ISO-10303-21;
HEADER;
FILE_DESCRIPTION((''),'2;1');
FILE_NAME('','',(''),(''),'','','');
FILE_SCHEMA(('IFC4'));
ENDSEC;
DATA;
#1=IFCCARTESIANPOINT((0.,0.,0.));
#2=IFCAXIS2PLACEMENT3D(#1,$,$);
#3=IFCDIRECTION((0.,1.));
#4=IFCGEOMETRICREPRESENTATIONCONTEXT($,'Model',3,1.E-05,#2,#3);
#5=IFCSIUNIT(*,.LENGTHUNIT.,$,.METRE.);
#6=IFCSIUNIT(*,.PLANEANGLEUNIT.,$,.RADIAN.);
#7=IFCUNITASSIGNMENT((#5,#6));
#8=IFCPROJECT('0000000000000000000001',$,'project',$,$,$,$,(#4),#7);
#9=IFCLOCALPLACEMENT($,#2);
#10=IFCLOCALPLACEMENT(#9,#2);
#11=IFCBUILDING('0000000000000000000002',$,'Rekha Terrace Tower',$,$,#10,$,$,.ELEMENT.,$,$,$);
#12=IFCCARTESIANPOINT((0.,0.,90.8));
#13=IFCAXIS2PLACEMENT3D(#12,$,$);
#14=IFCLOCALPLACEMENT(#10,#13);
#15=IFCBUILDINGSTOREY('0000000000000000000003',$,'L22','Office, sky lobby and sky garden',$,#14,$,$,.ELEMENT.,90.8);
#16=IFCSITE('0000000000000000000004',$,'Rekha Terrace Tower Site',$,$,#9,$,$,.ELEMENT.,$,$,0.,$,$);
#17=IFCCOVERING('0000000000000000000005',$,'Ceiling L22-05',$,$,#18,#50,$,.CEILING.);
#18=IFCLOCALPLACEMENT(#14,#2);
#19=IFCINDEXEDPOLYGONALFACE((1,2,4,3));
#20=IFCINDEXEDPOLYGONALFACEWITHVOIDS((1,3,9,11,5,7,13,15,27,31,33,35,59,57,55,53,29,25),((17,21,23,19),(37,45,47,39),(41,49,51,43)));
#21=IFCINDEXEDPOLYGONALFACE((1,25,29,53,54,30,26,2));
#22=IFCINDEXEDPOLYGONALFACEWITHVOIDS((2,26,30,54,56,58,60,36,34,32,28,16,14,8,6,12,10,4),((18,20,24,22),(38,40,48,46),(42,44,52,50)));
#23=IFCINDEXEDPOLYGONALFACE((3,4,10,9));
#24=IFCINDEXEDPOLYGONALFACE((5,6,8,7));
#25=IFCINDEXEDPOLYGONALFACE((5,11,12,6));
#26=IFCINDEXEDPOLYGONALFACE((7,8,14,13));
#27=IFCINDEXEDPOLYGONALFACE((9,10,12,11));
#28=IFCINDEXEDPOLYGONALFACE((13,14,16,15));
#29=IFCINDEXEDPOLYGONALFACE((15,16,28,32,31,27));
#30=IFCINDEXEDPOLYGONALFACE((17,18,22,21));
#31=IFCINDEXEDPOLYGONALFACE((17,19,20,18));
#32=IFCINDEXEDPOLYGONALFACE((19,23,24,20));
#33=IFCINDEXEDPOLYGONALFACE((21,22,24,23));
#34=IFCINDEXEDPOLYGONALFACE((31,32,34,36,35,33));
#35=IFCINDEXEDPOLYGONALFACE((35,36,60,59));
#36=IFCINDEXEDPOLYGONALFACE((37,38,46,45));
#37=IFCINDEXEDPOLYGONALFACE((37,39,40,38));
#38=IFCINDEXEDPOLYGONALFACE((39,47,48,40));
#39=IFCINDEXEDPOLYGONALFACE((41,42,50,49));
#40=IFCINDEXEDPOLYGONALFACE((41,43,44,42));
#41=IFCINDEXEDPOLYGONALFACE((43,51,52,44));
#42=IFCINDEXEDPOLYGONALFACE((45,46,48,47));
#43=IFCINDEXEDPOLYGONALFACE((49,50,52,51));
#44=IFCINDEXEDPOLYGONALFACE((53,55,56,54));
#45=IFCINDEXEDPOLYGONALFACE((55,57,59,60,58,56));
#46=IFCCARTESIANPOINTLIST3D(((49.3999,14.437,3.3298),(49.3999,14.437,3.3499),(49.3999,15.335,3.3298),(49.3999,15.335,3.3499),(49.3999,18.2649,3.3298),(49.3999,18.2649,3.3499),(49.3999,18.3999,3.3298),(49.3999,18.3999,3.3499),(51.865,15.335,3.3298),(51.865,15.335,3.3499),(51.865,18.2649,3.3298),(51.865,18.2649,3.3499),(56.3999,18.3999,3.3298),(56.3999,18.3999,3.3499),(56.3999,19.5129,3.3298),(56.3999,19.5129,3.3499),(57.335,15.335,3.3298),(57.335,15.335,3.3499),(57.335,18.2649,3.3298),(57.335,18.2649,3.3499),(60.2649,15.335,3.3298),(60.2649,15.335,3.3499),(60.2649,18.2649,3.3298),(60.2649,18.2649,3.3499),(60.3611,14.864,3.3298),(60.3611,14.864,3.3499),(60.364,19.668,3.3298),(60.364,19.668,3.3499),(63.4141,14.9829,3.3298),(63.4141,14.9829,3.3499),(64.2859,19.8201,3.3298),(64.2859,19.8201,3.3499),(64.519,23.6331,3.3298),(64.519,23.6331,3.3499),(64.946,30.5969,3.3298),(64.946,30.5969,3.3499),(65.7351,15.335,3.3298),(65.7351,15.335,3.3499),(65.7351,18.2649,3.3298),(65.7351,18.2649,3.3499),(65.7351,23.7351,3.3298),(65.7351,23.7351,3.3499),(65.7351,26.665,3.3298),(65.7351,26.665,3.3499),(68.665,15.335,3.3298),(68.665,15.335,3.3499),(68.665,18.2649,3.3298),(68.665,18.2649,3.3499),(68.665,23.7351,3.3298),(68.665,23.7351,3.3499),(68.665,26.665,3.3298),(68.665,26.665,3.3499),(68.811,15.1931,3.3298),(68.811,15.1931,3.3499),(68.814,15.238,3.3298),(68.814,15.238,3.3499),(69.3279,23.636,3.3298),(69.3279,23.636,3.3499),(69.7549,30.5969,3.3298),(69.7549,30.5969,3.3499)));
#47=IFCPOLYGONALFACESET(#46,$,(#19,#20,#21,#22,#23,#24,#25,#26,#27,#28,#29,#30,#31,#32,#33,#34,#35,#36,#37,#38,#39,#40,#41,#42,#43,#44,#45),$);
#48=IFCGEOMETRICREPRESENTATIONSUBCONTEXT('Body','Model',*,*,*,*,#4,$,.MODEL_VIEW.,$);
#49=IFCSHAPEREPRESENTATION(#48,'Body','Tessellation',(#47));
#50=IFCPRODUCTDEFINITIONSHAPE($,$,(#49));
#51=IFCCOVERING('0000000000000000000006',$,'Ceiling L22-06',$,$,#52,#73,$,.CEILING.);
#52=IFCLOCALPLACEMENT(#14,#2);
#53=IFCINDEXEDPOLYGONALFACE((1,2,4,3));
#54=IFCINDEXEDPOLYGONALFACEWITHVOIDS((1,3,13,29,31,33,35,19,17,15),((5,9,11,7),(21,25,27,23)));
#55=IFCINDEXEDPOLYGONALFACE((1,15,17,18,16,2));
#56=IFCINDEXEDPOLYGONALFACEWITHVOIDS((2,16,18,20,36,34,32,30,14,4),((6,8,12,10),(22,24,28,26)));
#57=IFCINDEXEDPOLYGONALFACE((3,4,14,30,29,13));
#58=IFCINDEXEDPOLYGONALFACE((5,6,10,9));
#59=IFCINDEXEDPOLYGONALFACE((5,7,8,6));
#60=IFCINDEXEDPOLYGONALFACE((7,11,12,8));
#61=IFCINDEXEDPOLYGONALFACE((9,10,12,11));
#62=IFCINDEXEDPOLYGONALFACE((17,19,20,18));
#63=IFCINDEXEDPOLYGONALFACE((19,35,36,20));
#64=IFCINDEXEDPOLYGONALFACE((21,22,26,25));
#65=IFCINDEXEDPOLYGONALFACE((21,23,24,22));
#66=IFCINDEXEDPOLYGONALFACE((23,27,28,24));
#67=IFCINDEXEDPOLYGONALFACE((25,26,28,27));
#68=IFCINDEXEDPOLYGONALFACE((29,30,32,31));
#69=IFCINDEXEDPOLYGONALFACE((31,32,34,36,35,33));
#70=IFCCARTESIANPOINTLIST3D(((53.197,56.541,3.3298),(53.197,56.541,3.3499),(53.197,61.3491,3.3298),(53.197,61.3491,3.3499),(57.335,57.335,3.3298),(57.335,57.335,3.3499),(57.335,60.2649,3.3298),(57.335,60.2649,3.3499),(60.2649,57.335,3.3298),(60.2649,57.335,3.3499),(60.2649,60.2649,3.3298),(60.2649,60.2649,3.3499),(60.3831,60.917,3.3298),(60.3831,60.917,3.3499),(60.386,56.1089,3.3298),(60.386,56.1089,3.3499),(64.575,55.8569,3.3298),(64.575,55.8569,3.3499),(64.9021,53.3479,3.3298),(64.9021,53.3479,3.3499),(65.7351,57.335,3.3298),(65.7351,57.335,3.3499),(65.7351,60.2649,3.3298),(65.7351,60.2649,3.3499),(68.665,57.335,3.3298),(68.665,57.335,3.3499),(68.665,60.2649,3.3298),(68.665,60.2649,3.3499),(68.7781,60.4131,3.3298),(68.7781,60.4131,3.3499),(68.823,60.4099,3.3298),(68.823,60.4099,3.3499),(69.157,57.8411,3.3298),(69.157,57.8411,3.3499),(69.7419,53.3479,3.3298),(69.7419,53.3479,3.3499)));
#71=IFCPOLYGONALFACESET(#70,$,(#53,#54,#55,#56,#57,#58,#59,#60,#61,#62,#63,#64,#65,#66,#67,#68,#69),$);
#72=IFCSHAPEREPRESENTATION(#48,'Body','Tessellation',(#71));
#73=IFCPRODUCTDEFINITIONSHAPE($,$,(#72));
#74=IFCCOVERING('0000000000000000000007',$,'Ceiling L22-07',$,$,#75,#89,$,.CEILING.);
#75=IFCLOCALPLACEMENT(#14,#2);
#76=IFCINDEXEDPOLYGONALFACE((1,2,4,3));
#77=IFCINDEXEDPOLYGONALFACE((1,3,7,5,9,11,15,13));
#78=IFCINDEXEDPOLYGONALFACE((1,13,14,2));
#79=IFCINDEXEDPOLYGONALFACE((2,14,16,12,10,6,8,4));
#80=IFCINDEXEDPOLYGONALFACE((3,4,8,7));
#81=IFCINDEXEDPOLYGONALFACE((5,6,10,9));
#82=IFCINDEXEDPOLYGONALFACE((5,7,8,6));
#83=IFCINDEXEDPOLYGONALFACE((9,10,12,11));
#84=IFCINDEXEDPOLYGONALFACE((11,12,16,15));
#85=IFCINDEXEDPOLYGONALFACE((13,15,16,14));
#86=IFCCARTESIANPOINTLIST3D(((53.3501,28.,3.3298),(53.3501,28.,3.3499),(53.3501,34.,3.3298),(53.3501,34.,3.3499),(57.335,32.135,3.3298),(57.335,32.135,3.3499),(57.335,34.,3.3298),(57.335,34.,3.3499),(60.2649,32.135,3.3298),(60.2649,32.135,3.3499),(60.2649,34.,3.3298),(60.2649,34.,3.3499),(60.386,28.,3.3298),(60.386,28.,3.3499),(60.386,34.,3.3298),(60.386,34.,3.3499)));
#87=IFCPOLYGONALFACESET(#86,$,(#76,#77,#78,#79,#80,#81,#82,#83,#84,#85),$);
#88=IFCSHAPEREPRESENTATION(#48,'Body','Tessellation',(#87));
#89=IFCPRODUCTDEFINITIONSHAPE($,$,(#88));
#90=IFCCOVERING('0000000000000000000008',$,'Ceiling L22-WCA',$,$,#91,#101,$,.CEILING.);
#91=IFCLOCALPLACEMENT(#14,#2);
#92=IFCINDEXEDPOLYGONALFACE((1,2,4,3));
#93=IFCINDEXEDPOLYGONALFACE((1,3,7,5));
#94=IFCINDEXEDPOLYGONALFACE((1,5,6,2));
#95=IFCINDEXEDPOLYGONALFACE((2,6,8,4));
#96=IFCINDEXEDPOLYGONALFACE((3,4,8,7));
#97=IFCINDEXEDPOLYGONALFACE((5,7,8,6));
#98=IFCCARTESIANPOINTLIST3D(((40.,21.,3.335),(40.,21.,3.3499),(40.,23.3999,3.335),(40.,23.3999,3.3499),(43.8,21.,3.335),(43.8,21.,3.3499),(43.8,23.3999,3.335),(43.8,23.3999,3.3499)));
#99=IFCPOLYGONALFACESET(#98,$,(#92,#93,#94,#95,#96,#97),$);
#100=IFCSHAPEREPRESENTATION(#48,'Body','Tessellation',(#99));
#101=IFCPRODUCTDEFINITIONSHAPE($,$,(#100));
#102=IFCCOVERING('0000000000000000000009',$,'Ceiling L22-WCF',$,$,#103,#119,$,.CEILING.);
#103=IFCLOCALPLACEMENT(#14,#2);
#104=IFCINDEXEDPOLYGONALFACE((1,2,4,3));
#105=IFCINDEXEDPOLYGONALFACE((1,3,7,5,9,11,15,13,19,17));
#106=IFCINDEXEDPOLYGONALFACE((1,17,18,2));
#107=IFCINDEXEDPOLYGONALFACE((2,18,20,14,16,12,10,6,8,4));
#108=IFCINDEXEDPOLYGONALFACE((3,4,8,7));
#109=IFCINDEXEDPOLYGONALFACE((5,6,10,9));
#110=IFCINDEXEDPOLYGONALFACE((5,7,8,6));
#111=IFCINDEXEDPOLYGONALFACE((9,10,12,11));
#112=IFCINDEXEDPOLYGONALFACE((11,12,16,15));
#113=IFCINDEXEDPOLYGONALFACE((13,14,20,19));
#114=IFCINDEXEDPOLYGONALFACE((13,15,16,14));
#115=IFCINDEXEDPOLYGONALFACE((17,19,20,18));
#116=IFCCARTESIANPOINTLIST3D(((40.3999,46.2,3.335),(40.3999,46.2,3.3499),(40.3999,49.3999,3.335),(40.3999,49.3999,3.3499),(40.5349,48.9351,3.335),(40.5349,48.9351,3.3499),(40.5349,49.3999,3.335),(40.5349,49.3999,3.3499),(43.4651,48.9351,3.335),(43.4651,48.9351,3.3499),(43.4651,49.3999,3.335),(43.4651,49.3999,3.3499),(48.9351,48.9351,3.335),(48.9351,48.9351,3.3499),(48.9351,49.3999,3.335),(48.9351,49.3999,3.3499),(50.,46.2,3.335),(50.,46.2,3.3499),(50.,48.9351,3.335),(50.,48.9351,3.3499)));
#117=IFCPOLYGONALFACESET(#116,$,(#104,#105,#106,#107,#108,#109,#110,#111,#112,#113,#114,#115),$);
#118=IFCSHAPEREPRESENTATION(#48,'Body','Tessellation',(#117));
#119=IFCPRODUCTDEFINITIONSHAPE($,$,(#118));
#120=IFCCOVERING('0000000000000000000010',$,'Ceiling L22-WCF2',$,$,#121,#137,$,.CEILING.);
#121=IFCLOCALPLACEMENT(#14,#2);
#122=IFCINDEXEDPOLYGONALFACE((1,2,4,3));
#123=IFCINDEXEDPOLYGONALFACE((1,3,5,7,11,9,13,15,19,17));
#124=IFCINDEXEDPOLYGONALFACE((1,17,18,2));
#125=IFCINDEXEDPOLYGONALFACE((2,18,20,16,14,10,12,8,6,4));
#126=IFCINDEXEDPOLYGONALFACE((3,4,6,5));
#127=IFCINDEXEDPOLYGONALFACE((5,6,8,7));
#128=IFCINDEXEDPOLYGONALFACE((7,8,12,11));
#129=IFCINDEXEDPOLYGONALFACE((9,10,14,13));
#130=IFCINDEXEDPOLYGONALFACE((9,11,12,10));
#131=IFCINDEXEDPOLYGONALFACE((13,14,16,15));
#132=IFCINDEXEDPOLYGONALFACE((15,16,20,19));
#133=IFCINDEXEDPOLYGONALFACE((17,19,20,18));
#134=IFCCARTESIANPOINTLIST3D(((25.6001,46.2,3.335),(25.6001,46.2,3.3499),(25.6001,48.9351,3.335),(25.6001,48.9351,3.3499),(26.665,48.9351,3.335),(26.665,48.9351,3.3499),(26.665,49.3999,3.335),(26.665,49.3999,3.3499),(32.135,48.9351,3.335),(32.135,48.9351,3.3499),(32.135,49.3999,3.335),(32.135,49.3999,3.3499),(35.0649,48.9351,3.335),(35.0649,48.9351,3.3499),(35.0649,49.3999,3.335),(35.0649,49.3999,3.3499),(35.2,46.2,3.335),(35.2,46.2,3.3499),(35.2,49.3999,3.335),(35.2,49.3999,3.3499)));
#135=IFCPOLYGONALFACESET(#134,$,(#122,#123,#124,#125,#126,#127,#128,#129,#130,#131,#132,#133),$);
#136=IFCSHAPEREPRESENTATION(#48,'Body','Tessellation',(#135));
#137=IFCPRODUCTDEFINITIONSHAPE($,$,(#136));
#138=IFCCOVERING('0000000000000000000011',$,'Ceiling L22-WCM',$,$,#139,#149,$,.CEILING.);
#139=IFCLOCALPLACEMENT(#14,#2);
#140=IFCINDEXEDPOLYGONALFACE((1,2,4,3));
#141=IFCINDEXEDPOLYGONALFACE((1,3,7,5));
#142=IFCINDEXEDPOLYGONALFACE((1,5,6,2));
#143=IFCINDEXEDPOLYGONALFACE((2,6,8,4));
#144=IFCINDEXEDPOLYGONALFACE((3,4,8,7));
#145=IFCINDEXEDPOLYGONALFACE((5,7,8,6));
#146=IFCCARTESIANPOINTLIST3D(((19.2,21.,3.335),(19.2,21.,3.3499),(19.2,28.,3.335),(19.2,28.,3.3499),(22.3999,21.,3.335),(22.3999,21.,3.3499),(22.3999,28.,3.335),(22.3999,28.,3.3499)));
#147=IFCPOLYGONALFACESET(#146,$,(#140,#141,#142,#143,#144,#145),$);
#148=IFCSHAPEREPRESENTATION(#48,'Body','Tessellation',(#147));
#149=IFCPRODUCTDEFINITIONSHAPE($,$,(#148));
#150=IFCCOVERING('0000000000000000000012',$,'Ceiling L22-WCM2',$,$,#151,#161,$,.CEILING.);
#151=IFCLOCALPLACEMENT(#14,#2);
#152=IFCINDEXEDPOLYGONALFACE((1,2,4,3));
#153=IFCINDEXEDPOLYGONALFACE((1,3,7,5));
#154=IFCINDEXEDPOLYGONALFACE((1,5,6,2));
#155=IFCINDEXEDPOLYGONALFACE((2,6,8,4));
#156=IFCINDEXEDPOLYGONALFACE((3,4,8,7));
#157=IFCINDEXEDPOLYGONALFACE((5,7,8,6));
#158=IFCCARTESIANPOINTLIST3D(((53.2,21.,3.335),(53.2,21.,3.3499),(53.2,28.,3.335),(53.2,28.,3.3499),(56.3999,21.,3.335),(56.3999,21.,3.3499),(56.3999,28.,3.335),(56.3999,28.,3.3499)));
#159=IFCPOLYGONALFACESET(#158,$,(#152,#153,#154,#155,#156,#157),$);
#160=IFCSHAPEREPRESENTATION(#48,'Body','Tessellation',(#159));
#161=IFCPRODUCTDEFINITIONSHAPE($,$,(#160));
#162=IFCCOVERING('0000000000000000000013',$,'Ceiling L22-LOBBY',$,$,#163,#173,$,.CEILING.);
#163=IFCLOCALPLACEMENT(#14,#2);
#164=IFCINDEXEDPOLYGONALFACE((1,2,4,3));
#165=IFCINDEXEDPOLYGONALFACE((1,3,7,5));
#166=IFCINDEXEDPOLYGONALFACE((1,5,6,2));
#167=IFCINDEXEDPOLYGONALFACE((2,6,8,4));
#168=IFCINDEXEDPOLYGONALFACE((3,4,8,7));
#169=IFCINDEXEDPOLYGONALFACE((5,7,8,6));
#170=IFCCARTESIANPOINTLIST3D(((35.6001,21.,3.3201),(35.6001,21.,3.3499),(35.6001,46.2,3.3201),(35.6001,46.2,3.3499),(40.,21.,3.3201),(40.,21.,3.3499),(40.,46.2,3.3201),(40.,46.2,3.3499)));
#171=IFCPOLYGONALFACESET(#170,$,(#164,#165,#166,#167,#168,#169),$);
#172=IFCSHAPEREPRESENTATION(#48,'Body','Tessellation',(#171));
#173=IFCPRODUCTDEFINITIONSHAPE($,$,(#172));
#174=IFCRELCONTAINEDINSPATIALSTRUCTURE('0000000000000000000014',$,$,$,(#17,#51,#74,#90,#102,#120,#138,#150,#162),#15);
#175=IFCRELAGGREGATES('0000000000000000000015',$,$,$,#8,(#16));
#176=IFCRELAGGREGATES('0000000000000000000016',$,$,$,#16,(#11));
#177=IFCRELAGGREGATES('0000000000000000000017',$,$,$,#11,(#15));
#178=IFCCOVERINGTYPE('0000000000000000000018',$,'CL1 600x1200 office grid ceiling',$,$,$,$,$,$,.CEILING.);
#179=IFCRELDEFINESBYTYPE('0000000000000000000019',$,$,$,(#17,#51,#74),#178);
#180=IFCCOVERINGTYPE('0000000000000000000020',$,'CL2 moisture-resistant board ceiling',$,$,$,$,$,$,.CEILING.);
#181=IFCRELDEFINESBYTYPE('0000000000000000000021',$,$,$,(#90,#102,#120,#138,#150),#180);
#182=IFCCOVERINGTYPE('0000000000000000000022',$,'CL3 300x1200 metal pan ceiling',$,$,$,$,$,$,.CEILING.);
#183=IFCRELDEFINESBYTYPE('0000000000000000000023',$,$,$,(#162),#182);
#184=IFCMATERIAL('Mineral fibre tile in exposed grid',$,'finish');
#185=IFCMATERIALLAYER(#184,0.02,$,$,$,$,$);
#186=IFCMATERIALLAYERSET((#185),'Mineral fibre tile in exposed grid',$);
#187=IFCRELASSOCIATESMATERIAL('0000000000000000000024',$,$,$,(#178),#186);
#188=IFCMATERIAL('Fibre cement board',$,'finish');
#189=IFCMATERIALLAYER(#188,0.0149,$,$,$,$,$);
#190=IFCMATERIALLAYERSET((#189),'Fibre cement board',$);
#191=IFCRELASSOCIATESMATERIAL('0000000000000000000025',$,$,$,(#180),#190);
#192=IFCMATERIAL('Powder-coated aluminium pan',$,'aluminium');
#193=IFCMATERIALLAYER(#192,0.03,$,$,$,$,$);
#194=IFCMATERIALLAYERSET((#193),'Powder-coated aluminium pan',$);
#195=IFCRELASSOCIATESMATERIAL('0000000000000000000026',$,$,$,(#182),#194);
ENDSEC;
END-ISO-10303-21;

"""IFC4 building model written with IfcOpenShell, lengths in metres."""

from ifc_helpers import new_model, si_unit, direction, frame, origin, place, context, subcontext, project, spatial, polyline, outline, extrude, material, layer, layer_set, type_object, element, save


model = new_model("IFC4")

# Units and contexts
model_context = context("Model", 3, precision=1e-05, world=origin(), true_north=direction((0.0, 1.0)))
body_context = subcontext(model_context, "Body", "Model", "MODEL_VIEW")
ifc_project = project(units=[si_unit("LENGTHUNIT", "METRE"), si_unit("PLANEANGLEUNIT", "RADIAN")], contexts=[model_context])

# Site, building, storey
site_placement = place(None, origin())
site = spatial("IfcSite", under=ifc_project, at=site_placement, Name="Rekha Terrace Tower Site", CompositionType="ELEMENT", RefElevation=0.0)
building_placement = place(site_placement, origin())
building = spatial("IfcBuilding", under=site, at=building_placement, Name="Rekha Terrace Tower", CompositionType="ELEMENT")
storey_placement = place(building_placement, frame((0.0, 0.0, 90.8)))
storey = spatial("IfcBuildingStorey", under=building, at=storey_placement, Name="L22", Description="Office, sky lobby and sky garden", CompositionType="ELEMENT", Elevation=90.8)

# Coverings
ifc_material_1 = material(Name="Mineral fibre tile in exposed grid", Category="finish")
ifc_layer_1 = layer(ifc_material_1, 0.02)
ifc_layer_set_1 = layer_set([ifc_layer_1], Name="Mineral fibre tile in exposed grid")
covering_type_1 = type_object("IfcCoveringType", Name="CL1 600x1200 office grid ceiling", PredefinedType="CEILING", material=ifc_layer_set_1)
covering_1_placement = place(storey_placement, frame((0.0, 0.0, 3.3298)))
element("IfcCovering", 1, at=covering_1_placement, inside=storey, type_object=covering_type_1, Name="Ceiling L22-05", PredefinedType="CEILING", context=body_context, shape_type="SweptSolid", body=[
    extrude(outline(polyline([(56.3999, 19.5129), (56.3999, 18.3999), (49.3999, 18.3999), (49.3999, 18.2649), (51.865, 18.2649), (51.865, 15.335), (49.3999, 15.335), (49.3999, 14.437), (60.3611, 14.864), (63.4141, 14.9829), (68.811, 15.1931), (68.814, 15.238), (69.3279, 23.636), (69.7549, 30.5969), (64.946, 30.5969), (64.519, 23.6331), (64.2859, 19.8201), (60.364, 19.668), (56.3999, 19.5129)]), holes=[polyline([(68.665, 15.335), (65.7351, 15.335), (65.7351, 18.2649), (68.665, 18.2649), (68.665, 15.335)]), polyline([(68.665, 23.7351), (65.7351, 23.7351), (65.7351, 26.665), (68.665, 26.665), (68.665, 23.7351)]), polyline([(60.2649, 15.335), (57.335, 15.335), (57.335, 18.2649), (60.2649, 18.2649), (60.2649, 15.335)])]), origin(), (0.0, 0.0, 1.0), 0.02),
])
covering_2_placement = place(storey_placement, frame((0.0, 0.0, 3.3298)))
element("IfcCovering", 2, at=covering_2_placement, inside=storey, type_object=covering_type_1, Name="Ceiling L22-06", PredefinedType="CEILING", context=body_context, shape_type="SweptSolid", body=[
    extrude(outline(polyline([(68.7781, 60.4131), (60.3831, 60.917), (53.197, 61.3491), (53.197, 56.541), (60.386, 56.1089), (64.575, 55.8569), (64.9021, 53.3479), (69.7419, 53.3479), (69.157, 57.8411), (68.823, 60.4099), (68.7781, 60.4131)]), holes=[polyline([(68.665, 57.335), (65.7351, 57.335), (65.7351, 60.2649), (68.665, 60.2649), (68.665, 57.335)]), polyline([(60.2649, 57.335), (57.335, 57.335), (57.335, 60.2649), (60.2649, 60.2649), (60.2649, 57.335)])]), origin(), (0.0, 0.0, 1.0), 0.02),
])
covering_3_placement = place(storey_placement, frame((0.0, 0.0, 3.3298)))
element("IfcCovering", 3, at=covering_3_placement, inside=storey, type_object=covering_type_1, Name="Ceiling L22-07", PredefinedType="CEILING", context=body_context, shape_type="SweptSolid", body=[
    extrude(outline(polyline([(57.335, 32.135), (57.335, 34.0), (53.3501, 34.0), (53.3501, 28.0), (60.386, 28.0), (60.386, 34.0), (60.2649, 34.0), (60.2649, 32.135), (57.335, 32.135)])), origin(), (0.0, 0.0, 1.0), 0.02),
])
ifc_material_2 = material(Name="Fibre cement board", Category="finish")
ifc_layer_2 = layer(ifc_material_2, 0.0149)
ifc_layer_set_2 = layer_set([ifc_layer_2], Name="Fibre cement board")
covering_type_2 = type_object("IfcCoveringType", Name="CL2 moisture-resistant board ceiling", PredefinedType="CEILING", material=ifc_layer_set_2)
covering_4_placement = place(storey_placement, frame((0.0, 0.0, 3.335)))
element("IfcCovering", 4, at=covering_4_placement, inside=storey, type_object=covering_type_2, Name="Ceiling L22-WCA", PredefinedType="CEILING", context=body_context, shape_type="SweptSolid", body=[
    extrude(outline(polyline([(43.8, 23.3999), (40.0, 23.3999), (40.0, 21.0), (43.8, 21.0), (43.8, 23.3999)])), origin(), (0.0, 0.0, 1.0), 0.0149),
])
covering_5_placement = place(storey_placement, frame((0.0, 0.0, 3.335)))
element("IfcCovering", 5, at=covering_5_placement, inside=storey, type_object=covering_type_2, Name="Ceiling L22-WCF", PredefinedType="CEILING", context=body_context, shape_type="SweptSolid", body=[
    extrude(outline(polyline([(40.5349, 49.3999), (40.3999, 49.3999), (40.3999, 46.2), (50.0, 46.2), (50.0, 48.9351), (48.9351, 48.9351), (48.9351, 49.3999), (43.4651, 49.3999), (43.4651, 48.9351), (40.5349, 48.9351), (40.5349, 49.3999)])), origin(), (0.0, 0.0, 1.0), 0.0149),
])
covering_6_placement = place(storey_placement, frame((0.0, 0.0, 3.335)))
element("IfcCovering", 6, at=covering_6_placement, inside=storey, type_object=covering_type_2, Name="Ceiling L22-WCF2", PredefinedType="CEILING", context=body_context, shape_type="SweptSolid", body=[
    extrude(outline(polyline([(26.665, 48.9351), (25.6001, 48.9351), (25.6001, 46.2), (35.2, 46.2), (35.2, 49.3999), (35.0649, 49.3999), (35.0649, 48.9351), (32.135, 48.9351), (32.135, 49.3999), (26.665, 49.3999), (26.665, 48.9351)])), origin(), (0.0, 0.0, 1.0), 0.0149),
])
covering_7_placement = place(storey_placement, frame((0.0, 0.0, 3.335)))
element("IfcCovering", 7, at=covering_7_placement, inside=storey, type_object=covering_type_2, Name="Ceiling L22-WCM", PredefinedType="CEILING", context=body_context, shape_type="SweptSolid", body=[
    extrude(outline(polyline([(22.3999, 28.0), (19.2, 28.0), (19.2, 21.0), (22.3999, 21.0), (22.3999, 28.0)])), origin(), (0.0, 0.0, 1.0), 0.0149),
])
covering_8_placement = place(storey_placement, frame((0.0, 0.0, 3.335)))
element("IfcCovering", 8, at=covering_8_placement, inside=storey, type_object=covering_type_2, Name="Ceiling L22-WCM2", PredefinedType="CEILING", context=body_context, shape_type="SweptSolid", body=[
    extrude(outline(polyline([(56.3999, 28.0), (53.2, 28.0), (53.2, 21.0), (56.3999, 21.0), (56.3999, 28.0)])), origin(), (0.0, 0.0, 1.0), 0.0149),
])
ifc_material_3 = material(Name="Powder-coated aluminium pan", Category="aluminium")
ifc_layer_3 = layer(ifc_material_3, 0.03)
ifc_layer_set_3 = layer_set([ifc_layer_3], Name="Powder-coated aluminium pan")
covering_type_3 = type_object("IfcCoveringType", Name="CL3 300x1200 metal pan ceiling", PredefinedType="CEILING", material=ifc_layer_set_3)
covering_9_placement = place(storey_placement, frame((0.0, 0.0, 3.3201)))
element("IfcCovering", 9, at=covering_9_placement, inside=storey, type_object=covering_type_3, Name="Ceiling L22-LOBBY", PredefinedType="CEILING", context=body_context, shape_type="SweptSolid", body=[
    extrude(outline(polyline([(40.0, 46.2), (35.6001, 46.2), (35.6001, 21.0), (40.0, 21.0), (40.0, 46.2)])), origin(), (0.0, 0.0, 1.0), 0.0298),
])

save(model, "model.ifc")
